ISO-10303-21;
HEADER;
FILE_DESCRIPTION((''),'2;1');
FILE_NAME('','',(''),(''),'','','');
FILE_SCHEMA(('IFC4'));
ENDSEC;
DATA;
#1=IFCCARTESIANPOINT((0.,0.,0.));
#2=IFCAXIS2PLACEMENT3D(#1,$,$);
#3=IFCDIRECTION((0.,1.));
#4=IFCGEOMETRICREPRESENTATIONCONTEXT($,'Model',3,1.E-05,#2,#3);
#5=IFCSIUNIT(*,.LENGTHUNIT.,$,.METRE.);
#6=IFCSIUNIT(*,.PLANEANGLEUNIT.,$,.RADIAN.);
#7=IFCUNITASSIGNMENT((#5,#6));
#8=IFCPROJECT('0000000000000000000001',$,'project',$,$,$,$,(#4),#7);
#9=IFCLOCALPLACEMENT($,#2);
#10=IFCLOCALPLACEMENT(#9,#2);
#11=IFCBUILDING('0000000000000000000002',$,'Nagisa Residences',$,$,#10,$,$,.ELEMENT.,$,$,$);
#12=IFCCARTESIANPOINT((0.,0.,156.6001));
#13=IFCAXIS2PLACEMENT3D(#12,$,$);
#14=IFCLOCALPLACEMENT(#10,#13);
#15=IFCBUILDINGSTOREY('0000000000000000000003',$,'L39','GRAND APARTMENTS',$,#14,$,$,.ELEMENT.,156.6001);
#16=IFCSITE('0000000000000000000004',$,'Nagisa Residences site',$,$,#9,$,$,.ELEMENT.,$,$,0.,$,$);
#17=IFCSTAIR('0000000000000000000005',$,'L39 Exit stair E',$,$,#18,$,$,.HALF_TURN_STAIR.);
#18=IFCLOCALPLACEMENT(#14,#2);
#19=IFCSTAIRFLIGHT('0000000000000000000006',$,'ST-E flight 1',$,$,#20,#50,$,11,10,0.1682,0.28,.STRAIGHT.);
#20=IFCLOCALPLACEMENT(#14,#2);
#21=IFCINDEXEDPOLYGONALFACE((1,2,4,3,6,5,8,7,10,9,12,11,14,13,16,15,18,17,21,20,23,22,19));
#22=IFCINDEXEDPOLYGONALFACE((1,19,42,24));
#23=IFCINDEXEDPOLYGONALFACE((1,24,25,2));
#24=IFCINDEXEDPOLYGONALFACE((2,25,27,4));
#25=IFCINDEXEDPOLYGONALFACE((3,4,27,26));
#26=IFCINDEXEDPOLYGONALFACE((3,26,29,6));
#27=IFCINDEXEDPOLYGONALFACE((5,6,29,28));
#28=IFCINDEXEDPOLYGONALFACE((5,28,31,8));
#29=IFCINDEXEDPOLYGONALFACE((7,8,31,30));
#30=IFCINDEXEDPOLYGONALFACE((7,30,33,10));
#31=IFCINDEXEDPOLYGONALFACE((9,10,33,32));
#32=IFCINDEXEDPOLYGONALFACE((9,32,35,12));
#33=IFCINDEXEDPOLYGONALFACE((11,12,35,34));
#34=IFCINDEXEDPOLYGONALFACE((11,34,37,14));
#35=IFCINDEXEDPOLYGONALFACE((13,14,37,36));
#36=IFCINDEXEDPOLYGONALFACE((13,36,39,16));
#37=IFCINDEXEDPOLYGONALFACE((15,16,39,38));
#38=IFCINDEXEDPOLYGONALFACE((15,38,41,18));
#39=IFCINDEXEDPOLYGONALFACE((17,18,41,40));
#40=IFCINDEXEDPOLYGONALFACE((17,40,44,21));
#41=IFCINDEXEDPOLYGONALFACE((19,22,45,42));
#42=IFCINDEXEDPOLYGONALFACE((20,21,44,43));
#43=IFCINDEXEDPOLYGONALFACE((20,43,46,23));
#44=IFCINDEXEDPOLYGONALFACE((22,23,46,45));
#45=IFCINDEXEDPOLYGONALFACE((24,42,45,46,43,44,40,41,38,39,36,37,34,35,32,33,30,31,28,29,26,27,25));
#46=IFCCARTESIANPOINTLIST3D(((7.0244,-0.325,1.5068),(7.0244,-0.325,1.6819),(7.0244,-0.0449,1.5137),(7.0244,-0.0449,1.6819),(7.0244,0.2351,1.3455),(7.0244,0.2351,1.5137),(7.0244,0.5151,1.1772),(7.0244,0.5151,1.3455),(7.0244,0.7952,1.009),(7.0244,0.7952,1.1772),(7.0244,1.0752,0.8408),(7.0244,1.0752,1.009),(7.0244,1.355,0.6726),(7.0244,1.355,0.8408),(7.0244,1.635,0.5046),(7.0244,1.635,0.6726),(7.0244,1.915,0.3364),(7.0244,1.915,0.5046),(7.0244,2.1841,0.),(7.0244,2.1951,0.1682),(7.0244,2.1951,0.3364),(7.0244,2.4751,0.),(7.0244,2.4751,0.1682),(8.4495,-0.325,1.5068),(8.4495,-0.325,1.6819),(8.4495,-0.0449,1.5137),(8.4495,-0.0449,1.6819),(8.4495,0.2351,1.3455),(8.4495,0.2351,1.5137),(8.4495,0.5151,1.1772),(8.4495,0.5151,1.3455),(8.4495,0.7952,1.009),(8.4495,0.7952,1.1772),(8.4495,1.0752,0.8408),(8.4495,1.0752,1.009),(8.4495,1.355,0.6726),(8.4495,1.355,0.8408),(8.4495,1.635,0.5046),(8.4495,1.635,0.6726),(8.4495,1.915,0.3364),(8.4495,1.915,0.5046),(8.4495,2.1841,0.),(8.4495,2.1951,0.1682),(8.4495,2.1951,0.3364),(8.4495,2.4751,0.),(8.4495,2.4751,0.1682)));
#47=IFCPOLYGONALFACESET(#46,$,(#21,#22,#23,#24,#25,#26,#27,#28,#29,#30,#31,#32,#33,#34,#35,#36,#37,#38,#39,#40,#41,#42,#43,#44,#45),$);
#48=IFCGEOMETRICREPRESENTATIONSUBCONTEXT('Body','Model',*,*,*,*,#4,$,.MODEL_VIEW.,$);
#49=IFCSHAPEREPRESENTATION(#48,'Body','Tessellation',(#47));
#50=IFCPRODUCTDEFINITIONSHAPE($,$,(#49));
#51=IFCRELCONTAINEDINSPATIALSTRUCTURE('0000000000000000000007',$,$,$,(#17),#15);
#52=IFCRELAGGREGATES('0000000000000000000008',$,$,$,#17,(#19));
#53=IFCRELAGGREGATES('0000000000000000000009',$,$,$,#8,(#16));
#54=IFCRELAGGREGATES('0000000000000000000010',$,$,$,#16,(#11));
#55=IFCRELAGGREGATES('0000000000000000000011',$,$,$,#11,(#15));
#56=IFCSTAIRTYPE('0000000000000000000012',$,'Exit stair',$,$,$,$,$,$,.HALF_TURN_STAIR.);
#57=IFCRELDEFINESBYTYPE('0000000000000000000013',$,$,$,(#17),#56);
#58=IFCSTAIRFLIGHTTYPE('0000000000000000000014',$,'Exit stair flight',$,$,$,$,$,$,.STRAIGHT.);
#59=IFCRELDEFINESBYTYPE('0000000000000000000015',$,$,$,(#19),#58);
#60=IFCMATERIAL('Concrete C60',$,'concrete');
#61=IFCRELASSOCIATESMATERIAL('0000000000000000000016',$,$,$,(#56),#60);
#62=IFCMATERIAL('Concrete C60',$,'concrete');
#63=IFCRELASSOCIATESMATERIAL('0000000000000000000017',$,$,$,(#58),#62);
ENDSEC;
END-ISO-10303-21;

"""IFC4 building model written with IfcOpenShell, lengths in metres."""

from ifc_helpers import new_model, si_unit, direction, frame, origin, place, context, subcontext, project, spatial, polyline, outline, extrude, material, type_object, element, aggregate, save


model = new_model("IFC4")

# Units and contexts
model_context = context("Model", 3, precision=1e-05, world=origin(), true_north=direction((0.0, 1.0)))
body_context = subcontext(model_context, "Body", "Model", "MODEL_VIEW")
ifc_project = project(units=[si_unit("LENGTHUNIT", "METRE"), si_unit("PLANEANGLEUNIT", "RADIAN")], contexts=[model_context])

# Site, building, storey
site_placement = place(None, origin())
site = spatial("IfcSite", under=ifc_project, at=site_placement, Name="Nagisa Residences site", CompositionType="ELEMENT", RefElevation=0.0)
building_placement = place(site_placement, origin())
building = spatial("IfcBuilding", under=site, at=building_placement, Name="Nagisa Residences", CompositionType="ELEMENT")
storey_placement = place(building_placement, frame((0.0, 0.0, 156.6001)))
storey = spatial("IfcBuildingStorey", under=building, at=storey_placement, Name="L39", Description="GRAND APARTMENTS", CompositionType="ELEMENT", Elevation=156.6001)

# Stair, stair flight
ifc_material_1 = material(Name="Concrete C60", Category="concrete")
stair_type = type_object("IfcStairType", Name="Exit stair", PredefinedType="HALF_TURN_STAIR", material=ifc_material_1)
stair_placement = place(storey_placement, origin())
stair = element("IfcStair", 1, at=stair_placement, inside=storey, type_object=stair_type, Name="L39 Exit stair E", PredefinedType="HALF_TURN_STAIR")
ifc_material_2 = material(Name="Concrete C60", Category="concrete")
stair_flight_type = type_object("IfcStairFlightType", Name="Exit stair flight", PredefinedType="STRAIGHT", material=ifc_material_2)
stair_flight_placement = place(storey_placement, frame((7.7371, 2.4751, 0.0), z_axis=(0.0, 0.0, 1.0), x_axis=(0.0, -1.0, 0.0)))
stair_flight = element("IfcStairFlight", 2, at=stair_flight_placement, type_object=stair_flight_type, Name="ST-E flight 1", NumberOfRisers=11, NumberOfTreads=10, PredefinedType="STRAIGHT", RiserHeight=0.1682, TreadLength=0.28, context=body_context, shape_type="SweptSolid", body=[
    extrude(outline(polyline([(0.0, 0.0), (0.0, 0.1682), (0.28, 0.1682), (0.28, 0.3364), (0.5601, 0.3364), (0.5601, 0.5046), (0.8401, 0.5046), (0.8401, 0.6726), (1.1201, 0.6726), (1.1201, 0.8408), (1.3999, 0.8408), (1.3999, 1.009), (1.6799, 1.009), (1.6799, 1.1772), (1.96, 1.1772), (1.96, 1.3455), (2.24, 1.3455), (2.24, 1.5137), (2.52, 1.5137), (2.52, 1.6819), (2.8, 1.6819), (2.8, 1.8501), (2.8, 1.5068), (0.291, 0.0), (0.0, 0.0)])), frame((0.0, 0.7124, 0.0), z_axis=(0.0, -1.0, 0.0), x_axis=(1.0, 0.0, 0.0)), (0.0, 0.0, 1.0), 1.425),
])
aggregate(stair, [stair_flight])

save(model, "model.ifc")
